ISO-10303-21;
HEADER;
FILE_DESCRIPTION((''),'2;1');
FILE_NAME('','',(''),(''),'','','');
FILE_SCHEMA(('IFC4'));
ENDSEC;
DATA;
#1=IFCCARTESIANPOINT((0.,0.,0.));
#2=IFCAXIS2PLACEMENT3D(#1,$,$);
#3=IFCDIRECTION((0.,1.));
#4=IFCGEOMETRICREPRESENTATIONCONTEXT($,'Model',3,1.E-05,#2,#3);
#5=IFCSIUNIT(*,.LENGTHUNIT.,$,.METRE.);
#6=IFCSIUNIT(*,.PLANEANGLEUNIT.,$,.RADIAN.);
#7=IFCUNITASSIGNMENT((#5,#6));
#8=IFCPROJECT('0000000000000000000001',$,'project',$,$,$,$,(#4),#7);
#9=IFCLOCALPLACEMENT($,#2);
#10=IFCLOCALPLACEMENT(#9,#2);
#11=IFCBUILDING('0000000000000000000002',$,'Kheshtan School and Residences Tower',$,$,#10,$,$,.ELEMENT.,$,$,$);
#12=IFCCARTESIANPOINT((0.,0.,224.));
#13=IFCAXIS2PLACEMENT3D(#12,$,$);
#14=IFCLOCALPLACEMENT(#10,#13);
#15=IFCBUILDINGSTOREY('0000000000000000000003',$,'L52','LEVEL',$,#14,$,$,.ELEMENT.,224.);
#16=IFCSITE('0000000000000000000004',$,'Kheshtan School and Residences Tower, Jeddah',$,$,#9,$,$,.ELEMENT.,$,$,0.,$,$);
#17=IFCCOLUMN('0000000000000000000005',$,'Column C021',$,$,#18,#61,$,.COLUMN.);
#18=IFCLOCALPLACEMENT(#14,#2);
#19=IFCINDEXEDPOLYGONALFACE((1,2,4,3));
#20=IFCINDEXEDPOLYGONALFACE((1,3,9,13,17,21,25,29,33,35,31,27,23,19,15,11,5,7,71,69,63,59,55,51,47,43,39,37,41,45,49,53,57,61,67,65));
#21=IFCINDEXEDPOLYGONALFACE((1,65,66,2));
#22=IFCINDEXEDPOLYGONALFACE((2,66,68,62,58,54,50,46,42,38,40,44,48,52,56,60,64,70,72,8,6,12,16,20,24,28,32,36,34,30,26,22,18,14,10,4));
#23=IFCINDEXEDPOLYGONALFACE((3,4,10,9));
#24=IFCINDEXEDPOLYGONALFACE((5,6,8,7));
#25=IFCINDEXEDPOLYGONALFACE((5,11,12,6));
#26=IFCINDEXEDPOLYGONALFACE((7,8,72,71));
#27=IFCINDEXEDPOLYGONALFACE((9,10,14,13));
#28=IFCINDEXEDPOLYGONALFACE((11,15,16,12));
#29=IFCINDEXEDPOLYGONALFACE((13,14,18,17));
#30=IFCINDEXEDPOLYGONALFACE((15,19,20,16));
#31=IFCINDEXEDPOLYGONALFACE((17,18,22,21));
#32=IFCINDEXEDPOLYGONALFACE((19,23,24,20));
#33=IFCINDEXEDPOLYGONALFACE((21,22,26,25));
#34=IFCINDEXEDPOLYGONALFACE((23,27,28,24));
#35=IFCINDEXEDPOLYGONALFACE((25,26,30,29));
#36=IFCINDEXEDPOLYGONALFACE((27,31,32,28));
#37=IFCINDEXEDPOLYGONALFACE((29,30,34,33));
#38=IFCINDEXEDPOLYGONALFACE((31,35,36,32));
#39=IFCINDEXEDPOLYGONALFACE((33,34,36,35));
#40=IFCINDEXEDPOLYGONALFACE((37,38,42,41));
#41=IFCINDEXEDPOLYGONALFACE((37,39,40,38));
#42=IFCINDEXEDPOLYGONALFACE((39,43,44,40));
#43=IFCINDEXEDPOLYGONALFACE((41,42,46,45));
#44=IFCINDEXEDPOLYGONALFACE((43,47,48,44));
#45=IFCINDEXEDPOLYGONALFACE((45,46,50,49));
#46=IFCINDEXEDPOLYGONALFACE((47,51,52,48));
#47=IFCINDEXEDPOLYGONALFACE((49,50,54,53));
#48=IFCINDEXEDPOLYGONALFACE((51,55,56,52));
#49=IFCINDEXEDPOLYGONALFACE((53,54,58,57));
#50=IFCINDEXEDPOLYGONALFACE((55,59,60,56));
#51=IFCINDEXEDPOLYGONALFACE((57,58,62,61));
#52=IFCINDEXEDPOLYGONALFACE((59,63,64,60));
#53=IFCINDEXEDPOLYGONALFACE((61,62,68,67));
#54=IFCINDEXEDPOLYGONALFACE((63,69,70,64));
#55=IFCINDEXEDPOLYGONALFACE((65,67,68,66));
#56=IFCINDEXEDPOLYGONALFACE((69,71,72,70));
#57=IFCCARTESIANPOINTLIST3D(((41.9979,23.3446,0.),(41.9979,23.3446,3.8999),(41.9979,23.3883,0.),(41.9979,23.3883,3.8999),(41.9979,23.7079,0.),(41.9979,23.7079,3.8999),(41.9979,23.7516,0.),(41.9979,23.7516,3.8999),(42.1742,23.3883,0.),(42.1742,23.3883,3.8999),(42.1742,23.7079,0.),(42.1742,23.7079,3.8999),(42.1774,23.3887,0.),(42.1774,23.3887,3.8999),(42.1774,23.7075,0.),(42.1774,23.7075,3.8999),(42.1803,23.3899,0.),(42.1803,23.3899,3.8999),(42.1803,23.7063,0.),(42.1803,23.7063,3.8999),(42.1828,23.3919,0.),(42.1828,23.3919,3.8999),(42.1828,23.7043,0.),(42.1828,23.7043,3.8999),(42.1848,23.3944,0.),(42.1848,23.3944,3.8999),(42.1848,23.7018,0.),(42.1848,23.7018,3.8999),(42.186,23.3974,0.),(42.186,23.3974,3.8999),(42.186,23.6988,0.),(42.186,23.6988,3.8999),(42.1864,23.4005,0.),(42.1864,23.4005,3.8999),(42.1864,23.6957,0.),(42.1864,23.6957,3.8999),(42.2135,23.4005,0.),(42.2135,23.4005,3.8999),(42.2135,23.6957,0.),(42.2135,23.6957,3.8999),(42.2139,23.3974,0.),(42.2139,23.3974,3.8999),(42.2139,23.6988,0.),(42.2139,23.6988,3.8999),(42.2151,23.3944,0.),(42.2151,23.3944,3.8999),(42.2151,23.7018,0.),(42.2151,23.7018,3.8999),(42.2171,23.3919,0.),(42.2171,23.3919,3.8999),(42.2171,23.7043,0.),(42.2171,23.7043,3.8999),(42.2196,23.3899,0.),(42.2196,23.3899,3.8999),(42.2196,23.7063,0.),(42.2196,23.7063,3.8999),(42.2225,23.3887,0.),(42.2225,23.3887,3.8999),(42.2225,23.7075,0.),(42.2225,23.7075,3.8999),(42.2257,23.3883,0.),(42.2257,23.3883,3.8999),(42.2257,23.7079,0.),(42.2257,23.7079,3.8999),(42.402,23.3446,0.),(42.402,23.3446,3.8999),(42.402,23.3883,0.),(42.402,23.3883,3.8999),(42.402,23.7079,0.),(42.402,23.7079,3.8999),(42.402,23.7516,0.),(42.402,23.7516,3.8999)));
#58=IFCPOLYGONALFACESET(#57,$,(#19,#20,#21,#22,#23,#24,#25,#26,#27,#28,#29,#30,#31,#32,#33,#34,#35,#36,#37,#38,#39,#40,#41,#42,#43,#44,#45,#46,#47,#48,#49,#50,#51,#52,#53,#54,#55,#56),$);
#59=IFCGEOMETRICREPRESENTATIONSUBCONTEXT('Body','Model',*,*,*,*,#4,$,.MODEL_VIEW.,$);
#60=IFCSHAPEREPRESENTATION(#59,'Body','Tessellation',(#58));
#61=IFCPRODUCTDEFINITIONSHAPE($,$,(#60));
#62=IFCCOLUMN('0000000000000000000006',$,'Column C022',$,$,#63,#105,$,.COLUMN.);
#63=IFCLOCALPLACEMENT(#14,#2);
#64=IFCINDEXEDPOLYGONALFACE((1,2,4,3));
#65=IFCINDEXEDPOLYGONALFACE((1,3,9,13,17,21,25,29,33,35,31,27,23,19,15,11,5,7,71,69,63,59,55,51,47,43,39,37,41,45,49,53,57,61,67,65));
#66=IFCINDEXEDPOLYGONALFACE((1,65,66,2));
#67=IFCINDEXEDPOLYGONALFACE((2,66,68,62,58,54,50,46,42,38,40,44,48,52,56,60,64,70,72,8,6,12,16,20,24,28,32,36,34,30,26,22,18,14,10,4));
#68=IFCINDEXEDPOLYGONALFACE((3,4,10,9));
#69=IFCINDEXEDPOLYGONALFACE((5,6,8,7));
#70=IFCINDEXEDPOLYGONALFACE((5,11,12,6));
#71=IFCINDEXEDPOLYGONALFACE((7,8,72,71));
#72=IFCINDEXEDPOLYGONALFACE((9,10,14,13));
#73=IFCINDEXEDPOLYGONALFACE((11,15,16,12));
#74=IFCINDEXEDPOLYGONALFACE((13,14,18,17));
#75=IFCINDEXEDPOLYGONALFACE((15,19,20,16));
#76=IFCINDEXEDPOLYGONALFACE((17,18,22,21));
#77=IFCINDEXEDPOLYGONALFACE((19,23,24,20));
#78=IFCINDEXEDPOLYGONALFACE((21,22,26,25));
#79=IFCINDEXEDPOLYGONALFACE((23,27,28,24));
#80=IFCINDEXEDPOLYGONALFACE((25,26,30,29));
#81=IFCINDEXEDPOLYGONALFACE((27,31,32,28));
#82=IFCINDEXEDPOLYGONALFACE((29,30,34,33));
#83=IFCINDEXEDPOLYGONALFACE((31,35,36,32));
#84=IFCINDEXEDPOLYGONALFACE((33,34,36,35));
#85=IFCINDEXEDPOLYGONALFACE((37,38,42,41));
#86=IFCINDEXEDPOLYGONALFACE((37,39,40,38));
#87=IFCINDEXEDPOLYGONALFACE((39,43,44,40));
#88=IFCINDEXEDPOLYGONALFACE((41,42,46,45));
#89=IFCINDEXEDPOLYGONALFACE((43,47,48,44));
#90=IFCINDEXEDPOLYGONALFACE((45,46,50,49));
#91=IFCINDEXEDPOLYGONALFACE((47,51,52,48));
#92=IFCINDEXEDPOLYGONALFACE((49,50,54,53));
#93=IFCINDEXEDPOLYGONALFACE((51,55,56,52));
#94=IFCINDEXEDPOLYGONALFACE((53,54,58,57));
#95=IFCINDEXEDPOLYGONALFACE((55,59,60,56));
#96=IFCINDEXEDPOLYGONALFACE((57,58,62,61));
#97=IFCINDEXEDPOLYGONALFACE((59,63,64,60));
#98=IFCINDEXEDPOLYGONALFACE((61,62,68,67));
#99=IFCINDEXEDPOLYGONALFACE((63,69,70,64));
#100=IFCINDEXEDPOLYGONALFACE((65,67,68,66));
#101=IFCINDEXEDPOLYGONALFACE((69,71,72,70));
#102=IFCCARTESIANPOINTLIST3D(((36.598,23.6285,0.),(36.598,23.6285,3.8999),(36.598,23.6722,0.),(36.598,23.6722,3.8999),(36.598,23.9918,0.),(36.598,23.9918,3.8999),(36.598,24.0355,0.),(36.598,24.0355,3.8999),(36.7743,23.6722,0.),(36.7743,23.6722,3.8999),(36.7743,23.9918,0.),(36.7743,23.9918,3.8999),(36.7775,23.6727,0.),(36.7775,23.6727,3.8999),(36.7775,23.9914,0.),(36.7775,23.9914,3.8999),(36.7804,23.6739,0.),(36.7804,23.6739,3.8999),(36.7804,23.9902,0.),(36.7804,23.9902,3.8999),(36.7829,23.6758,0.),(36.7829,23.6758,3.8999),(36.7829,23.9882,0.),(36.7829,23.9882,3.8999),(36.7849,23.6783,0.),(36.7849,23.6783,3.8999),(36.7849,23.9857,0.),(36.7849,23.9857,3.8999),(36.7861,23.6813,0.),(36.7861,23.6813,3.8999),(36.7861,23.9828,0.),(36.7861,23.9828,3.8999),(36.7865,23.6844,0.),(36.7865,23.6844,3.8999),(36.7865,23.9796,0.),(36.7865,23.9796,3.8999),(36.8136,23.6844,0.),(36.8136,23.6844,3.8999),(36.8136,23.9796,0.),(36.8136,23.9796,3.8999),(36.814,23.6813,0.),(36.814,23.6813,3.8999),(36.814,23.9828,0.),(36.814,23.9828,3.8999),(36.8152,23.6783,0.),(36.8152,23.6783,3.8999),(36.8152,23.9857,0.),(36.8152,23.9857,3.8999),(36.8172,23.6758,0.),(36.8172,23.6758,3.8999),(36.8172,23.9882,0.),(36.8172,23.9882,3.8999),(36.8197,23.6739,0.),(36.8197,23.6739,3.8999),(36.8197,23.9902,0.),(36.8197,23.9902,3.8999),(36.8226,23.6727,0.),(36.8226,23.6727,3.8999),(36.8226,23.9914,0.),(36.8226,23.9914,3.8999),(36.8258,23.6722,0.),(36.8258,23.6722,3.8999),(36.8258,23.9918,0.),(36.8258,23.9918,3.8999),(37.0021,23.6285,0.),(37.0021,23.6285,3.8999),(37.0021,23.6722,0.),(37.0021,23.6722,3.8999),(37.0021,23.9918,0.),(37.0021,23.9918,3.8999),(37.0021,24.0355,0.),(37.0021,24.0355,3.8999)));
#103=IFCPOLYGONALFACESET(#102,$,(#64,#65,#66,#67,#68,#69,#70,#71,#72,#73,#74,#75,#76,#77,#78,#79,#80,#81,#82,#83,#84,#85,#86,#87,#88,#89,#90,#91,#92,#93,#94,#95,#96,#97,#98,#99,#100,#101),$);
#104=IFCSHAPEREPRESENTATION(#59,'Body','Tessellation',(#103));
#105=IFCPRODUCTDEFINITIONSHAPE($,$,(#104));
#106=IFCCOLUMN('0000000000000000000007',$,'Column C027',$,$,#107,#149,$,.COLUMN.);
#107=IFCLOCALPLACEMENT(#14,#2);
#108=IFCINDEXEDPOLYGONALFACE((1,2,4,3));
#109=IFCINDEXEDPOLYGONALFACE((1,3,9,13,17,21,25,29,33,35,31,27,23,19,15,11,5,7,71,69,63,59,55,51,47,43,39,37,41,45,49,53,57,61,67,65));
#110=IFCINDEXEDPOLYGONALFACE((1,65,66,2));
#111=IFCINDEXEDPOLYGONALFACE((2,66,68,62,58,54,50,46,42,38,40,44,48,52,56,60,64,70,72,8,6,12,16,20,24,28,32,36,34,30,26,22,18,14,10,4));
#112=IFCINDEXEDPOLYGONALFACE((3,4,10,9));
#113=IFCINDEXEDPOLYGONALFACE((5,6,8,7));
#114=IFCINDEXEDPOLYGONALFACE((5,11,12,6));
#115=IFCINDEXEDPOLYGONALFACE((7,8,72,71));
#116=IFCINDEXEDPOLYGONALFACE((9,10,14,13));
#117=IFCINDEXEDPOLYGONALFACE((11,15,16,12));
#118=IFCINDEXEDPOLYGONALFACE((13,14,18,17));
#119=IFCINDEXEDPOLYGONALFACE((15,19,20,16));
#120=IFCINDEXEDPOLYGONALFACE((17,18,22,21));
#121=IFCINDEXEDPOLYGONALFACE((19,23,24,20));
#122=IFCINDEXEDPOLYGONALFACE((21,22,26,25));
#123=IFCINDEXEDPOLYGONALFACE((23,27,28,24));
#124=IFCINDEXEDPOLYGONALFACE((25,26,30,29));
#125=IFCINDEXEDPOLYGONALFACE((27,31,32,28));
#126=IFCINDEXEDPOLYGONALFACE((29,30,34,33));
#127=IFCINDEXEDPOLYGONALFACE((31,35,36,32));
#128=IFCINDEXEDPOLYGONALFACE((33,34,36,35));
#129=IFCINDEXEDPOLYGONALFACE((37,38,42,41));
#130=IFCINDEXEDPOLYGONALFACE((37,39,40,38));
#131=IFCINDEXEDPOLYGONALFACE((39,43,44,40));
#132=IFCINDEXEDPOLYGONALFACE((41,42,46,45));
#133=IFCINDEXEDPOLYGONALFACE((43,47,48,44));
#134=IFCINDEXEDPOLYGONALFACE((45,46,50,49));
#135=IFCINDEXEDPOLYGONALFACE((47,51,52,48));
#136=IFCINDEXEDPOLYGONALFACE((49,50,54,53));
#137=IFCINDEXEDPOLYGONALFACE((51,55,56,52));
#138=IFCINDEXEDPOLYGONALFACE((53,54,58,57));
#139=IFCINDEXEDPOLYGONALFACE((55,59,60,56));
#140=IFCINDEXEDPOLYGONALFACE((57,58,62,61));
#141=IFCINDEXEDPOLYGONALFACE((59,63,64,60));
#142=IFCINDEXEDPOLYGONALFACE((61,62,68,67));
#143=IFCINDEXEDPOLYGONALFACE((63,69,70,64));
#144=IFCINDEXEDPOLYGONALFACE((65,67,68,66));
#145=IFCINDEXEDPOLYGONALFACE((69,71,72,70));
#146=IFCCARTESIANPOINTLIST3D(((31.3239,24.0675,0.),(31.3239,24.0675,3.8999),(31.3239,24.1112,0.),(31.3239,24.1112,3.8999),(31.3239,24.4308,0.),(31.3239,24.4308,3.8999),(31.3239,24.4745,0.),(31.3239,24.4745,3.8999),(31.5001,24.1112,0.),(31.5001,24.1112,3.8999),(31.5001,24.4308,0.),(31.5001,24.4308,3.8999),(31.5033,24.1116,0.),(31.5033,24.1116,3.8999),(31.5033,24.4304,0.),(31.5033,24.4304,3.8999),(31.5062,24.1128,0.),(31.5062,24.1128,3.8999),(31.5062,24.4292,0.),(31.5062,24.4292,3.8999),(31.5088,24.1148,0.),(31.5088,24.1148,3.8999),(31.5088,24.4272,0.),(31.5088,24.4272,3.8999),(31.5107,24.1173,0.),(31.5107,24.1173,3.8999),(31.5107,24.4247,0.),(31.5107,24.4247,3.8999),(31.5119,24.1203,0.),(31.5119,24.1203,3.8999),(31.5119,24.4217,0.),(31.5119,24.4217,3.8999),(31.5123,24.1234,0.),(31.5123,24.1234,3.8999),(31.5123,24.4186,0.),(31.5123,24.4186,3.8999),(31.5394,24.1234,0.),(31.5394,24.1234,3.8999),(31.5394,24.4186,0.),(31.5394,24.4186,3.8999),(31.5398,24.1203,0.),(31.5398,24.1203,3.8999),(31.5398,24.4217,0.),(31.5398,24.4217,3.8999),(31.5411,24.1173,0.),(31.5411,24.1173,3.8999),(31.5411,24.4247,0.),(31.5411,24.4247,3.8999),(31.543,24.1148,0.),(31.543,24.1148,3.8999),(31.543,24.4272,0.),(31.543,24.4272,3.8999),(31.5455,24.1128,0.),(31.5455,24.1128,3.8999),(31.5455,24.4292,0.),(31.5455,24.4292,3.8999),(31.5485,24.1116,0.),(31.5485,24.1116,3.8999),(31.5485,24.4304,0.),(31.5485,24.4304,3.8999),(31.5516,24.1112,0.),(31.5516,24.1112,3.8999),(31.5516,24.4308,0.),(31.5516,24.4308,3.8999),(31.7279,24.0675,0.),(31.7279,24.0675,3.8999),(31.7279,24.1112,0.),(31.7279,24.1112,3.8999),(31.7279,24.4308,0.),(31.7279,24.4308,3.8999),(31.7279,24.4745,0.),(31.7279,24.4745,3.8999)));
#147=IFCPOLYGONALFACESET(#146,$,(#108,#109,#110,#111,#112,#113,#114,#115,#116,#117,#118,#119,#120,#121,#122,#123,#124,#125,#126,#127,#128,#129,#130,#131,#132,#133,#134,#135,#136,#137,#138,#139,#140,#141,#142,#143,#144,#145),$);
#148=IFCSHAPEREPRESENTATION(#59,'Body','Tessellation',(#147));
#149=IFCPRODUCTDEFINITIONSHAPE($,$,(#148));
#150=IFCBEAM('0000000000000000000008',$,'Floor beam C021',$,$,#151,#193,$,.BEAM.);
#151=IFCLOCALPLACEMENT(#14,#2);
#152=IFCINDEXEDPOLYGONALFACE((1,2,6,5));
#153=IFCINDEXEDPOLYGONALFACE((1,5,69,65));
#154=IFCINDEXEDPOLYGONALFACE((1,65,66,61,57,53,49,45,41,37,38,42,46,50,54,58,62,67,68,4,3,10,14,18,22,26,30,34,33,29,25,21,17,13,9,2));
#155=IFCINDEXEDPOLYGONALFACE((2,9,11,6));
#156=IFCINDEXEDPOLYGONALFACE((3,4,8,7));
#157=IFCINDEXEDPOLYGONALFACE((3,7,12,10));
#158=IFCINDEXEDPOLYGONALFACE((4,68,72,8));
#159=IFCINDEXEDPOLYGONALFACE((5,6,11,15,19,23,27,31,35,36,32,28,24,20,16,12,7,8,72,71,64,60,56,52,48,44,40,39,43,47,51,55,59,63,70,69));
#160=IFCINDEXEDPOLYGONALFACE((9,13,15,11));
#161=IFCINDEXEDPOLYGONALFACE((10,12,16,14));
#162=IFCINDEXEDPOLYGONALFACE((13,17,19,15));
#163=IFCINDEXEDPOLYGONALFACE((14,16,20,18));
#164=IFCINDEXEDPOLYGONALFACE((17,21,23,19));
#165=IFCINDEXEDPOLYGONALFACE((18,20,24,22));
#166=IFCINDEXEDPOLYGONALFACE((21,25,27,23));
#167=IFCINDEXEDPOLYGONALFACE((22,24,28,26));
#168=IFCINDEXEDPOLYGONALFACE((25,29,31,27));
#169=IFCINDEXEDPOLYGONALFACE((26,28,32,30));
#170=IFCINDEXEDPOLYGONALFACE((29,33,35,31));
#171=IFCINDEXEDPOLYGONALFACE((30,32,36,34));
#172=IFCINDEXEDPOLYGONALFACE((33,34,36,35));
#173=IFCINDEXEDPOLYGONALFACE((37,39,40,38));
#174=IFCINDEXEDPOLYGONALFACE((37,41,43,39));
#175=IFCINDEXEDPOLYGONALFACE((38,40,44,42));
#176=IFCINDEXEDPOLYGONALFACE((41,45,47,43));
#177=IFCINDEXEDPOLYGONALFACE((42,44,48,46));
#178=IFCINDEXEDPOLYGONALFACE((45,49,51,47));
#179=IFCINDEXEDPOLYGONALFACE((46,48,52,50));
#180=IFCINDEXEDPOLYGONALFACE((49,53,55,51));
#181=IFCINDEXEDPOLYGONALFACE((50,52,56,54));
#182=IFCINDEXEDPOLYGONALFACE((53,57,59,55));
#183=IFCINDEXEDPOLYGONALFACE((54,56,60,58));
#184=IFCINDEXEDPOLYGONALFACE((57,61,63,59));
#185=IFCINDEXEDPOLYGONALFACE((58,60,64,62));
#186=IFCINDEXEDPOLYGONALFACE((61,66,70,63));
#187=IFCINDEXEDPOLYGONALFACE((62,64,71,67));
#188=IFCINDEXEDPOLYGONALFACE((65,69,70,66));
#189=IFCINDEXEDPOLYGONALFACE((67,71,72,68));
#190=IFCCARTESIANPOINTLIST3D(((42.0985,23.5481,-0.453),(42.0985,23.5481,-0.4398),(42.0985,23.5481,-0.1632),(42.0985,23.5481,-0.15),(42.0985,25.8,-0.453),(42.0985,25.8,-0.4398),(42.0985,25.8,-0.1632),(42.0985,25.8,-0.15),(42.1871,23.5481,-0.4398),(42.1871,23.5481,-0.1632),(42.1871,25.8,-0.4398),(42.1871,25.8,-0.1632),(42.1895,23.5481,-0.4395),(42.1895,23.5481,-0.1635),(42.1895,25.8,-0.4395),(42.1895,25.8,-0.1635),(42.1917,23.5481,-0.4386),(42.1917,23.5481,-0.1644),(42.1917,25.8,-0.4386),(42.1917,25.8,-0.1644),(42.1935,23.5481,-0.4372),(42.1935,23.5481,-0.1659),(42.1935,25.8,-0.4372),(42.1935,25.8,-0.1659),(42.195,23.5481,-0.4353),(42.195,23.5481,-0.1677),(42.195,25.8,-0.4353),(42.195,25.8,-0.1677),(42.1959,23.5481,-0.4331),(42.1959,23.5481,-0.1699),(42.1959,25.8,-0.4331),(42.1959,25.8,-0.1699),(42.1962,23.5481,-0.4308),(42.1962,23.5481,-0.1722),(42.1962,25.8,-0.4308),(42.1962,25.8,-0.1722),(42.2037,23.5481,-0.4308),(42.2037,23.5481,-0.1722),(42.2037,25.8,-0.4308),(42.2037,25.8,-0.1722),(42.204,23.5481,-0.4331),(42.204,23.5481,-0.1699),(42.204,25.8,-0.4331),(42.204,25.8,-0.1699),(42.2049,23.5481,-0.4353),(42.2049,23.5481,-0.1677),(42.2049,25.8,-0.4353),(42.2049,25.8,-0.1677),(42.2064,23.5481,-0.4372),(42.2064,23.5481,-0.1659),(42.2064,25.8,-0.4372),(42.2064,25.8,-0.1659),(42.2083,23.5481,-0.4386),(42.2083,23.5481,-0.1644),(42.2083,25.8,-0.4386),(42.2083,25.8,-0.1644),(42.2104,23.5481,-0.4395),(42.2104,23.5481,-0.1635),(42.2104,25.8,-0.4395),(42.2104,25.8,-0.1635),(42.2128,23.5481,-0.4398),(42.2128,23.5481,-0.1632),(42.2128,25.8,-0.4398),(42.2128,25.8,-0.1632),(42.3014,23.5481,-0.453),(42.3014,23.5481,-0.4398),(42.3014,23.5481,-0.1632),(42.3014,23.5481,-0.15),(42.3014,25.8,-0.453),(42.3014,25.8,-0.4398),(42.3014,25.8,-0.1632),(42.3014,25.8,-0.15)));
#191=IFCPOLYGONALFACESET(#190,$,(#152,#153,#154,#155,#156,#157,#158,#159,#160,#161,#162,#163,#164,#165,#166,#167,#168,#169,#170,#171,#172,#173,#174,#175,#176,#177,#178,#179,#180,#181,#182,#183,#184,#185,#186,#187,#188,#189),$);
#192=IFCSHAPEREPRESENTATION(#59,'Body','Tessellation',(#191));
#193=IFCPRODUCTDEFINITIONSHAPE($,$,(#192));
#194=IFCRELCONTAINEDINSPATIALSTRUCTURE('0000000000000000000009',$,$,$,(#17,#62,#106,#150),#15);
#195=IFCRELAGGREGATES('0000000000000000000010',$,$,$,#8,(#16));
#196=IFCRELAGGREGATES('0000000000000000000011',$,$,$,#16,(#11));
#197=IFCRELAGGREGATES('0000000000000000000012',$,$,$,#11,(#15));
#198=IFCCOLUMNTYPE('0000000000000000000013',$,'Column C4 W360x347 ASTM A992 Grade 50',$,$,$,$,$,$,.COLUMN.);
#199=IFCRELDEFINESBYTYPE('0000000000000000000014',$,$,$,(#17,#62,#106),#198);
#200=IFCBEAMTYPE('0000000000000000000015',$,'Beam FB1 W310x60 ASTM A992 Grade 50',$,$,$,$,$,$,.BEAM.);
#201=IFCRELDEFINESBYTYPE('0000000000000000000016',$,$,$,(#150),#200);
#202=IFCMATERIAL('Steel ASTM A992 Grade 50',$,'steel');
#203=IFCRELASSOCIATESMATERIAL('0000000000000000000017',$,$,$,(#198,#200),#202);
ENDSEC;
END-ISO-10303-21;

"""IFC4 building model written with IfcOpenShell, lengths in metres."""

from ifc_helpers import new_model, si_unit, direction, frame, origin, origin_2d, place, context, subcontext, project, spatial, i_section, extrude, material, material_profile, profile_set, type_object, element, save


model = new_model("IFC4")

# Units and contexts
model_context = context("Model", 3, precision=1e-05, world=origin(), true_north=direction((0.0, 1.0)))
body_context = subcontext(model_context, "Body", "Model", "MODEL_VIEW")
ifc_project = project(units=[si_unit("LENGTHUNIT", "METRE"), si_unit("PLANEANGLEUNIT", "RADIAN")], contexts=[model_context])

# Site, building, storey
site_placement = place(None, origin())
site = spatial("IfcSite", under=ifc_project, at=site_placement, Name="Kheshtan School and Residences Tower, Jeddah", CompositionType="ELEMENT", RefElevation=0.0)
building_placement = place(site_placement, origin())
building = spatial("IfcBuilding", under=site, at=building_placement, Name="Kheshtan School and Residences Tower", CompositionType="ELEMENT")
storey_placement = place(building_placement, frame((0.0, 0.0, 224.0)))
storey = spatial("IfcBuildingStorey", under=building, at=storey_placement, Name="L52", Description="LEVEL", CompositionType="ELEMENT", Elevation=224.0)

# Columns
ifc_material_1 = material(Name="Steel ASTM A992 Grade 50", Category="steel")
ifc_material_profile_1 = material_profile(ifc_material_1, i_section(OverallWidth=0.4041, OverallDepth=0.407, WebThickness=0.0271, FlangeThickness=0.0437, FilletRadius=0.0122, at=origin_2d()), Name="W360x347")
ifc_profile_set_1 = profile_set([ifc_material_profile_1], Name="Steel ASTM A992 Grade 50")
column_type = type_object("IfcColumnType", Name="Column C4 W360x347 ASTM A992 Grade 50", PredefinedType="COLUMN", material=ifc_profile_set_1)
for number, where, z_axis, x_axis, name in (
    (1, (42.2, 23.5481, 0.0), (0.0, 0.0, 1.0), (1.0, 0.0, 0.0), "Column C021"),
    (2, (36.8, 23.832, 0.0), (0.0, 0.0, 1.0), (1.0, 0.0, 0.0), "Column C022"),
    (3, (31.5259, 24.271, 0.0), (0.0, 0.0, 1.0), (1.0, 0.0, 0.0), "Column C027"),
):
    element("IfcColumn", number, at=place(storey_placement, frame(where, z_axis=z_axis, x_axis=x_axis)), inside=storey, type_object=column_type, Name=name, PredefinedType="COLUMN", context=body_context, shape_type="SweptSolid", body=[
        extrude(i_section(OverallWidth=0.4041, OverallDepth=0.407, WebThickness=0.0271, FlangeThickness=0.0437, FilletRadius=0.0122, at=origin_2d()), origin(), (0.0, 0.0, 1.0), 3.8999),
    ])

# Beam
ifc_material_profile_2 = material_profile(ifc_material_1, i_section(OverallWidth=0.2029, OverallDepth=0.303, WebThickness=0.0076, FlangeThickness=0.0132, FilletRadius=0.009, at=origin_2d()), Name="W310x60")
ifc_profile_set_2 = profile_set([ifc_material_profile_2], Name="Steel ASTM A992 Grade 50")
beam_type_1 = type_object("IfcBeamType", Name="Beam FB1 W310x60 ASTM A992 Grade 50", PredefinedType="BEAM", material=ifc_profile_set_2)
beam_1_placement = place(storey_placement, frame((42.2, 23.5481, -0.3015), z_axis=(0.0, 1.0, 0.0), x_axis=(-1.0, 0.0, 0.0)))
element("IfcBeam", 4, at=beam_1_placement, inside=storey, type_object=beam_type_1, Name="Floor beam C021", PredefinedType="BEAM", context=body_context, shape_type="SweptSolid", body=[
    extrude(i_section(OverallWidth=0.2029, OverallDepth=0.303, WebThickness=0.0076, FlangeThickness=0.0132, FilletRadius=0.009, at=origin_2d()), origin(), (0.0, 0.0, 1.0), 2.252),
])

save(model, "model.ifc")
